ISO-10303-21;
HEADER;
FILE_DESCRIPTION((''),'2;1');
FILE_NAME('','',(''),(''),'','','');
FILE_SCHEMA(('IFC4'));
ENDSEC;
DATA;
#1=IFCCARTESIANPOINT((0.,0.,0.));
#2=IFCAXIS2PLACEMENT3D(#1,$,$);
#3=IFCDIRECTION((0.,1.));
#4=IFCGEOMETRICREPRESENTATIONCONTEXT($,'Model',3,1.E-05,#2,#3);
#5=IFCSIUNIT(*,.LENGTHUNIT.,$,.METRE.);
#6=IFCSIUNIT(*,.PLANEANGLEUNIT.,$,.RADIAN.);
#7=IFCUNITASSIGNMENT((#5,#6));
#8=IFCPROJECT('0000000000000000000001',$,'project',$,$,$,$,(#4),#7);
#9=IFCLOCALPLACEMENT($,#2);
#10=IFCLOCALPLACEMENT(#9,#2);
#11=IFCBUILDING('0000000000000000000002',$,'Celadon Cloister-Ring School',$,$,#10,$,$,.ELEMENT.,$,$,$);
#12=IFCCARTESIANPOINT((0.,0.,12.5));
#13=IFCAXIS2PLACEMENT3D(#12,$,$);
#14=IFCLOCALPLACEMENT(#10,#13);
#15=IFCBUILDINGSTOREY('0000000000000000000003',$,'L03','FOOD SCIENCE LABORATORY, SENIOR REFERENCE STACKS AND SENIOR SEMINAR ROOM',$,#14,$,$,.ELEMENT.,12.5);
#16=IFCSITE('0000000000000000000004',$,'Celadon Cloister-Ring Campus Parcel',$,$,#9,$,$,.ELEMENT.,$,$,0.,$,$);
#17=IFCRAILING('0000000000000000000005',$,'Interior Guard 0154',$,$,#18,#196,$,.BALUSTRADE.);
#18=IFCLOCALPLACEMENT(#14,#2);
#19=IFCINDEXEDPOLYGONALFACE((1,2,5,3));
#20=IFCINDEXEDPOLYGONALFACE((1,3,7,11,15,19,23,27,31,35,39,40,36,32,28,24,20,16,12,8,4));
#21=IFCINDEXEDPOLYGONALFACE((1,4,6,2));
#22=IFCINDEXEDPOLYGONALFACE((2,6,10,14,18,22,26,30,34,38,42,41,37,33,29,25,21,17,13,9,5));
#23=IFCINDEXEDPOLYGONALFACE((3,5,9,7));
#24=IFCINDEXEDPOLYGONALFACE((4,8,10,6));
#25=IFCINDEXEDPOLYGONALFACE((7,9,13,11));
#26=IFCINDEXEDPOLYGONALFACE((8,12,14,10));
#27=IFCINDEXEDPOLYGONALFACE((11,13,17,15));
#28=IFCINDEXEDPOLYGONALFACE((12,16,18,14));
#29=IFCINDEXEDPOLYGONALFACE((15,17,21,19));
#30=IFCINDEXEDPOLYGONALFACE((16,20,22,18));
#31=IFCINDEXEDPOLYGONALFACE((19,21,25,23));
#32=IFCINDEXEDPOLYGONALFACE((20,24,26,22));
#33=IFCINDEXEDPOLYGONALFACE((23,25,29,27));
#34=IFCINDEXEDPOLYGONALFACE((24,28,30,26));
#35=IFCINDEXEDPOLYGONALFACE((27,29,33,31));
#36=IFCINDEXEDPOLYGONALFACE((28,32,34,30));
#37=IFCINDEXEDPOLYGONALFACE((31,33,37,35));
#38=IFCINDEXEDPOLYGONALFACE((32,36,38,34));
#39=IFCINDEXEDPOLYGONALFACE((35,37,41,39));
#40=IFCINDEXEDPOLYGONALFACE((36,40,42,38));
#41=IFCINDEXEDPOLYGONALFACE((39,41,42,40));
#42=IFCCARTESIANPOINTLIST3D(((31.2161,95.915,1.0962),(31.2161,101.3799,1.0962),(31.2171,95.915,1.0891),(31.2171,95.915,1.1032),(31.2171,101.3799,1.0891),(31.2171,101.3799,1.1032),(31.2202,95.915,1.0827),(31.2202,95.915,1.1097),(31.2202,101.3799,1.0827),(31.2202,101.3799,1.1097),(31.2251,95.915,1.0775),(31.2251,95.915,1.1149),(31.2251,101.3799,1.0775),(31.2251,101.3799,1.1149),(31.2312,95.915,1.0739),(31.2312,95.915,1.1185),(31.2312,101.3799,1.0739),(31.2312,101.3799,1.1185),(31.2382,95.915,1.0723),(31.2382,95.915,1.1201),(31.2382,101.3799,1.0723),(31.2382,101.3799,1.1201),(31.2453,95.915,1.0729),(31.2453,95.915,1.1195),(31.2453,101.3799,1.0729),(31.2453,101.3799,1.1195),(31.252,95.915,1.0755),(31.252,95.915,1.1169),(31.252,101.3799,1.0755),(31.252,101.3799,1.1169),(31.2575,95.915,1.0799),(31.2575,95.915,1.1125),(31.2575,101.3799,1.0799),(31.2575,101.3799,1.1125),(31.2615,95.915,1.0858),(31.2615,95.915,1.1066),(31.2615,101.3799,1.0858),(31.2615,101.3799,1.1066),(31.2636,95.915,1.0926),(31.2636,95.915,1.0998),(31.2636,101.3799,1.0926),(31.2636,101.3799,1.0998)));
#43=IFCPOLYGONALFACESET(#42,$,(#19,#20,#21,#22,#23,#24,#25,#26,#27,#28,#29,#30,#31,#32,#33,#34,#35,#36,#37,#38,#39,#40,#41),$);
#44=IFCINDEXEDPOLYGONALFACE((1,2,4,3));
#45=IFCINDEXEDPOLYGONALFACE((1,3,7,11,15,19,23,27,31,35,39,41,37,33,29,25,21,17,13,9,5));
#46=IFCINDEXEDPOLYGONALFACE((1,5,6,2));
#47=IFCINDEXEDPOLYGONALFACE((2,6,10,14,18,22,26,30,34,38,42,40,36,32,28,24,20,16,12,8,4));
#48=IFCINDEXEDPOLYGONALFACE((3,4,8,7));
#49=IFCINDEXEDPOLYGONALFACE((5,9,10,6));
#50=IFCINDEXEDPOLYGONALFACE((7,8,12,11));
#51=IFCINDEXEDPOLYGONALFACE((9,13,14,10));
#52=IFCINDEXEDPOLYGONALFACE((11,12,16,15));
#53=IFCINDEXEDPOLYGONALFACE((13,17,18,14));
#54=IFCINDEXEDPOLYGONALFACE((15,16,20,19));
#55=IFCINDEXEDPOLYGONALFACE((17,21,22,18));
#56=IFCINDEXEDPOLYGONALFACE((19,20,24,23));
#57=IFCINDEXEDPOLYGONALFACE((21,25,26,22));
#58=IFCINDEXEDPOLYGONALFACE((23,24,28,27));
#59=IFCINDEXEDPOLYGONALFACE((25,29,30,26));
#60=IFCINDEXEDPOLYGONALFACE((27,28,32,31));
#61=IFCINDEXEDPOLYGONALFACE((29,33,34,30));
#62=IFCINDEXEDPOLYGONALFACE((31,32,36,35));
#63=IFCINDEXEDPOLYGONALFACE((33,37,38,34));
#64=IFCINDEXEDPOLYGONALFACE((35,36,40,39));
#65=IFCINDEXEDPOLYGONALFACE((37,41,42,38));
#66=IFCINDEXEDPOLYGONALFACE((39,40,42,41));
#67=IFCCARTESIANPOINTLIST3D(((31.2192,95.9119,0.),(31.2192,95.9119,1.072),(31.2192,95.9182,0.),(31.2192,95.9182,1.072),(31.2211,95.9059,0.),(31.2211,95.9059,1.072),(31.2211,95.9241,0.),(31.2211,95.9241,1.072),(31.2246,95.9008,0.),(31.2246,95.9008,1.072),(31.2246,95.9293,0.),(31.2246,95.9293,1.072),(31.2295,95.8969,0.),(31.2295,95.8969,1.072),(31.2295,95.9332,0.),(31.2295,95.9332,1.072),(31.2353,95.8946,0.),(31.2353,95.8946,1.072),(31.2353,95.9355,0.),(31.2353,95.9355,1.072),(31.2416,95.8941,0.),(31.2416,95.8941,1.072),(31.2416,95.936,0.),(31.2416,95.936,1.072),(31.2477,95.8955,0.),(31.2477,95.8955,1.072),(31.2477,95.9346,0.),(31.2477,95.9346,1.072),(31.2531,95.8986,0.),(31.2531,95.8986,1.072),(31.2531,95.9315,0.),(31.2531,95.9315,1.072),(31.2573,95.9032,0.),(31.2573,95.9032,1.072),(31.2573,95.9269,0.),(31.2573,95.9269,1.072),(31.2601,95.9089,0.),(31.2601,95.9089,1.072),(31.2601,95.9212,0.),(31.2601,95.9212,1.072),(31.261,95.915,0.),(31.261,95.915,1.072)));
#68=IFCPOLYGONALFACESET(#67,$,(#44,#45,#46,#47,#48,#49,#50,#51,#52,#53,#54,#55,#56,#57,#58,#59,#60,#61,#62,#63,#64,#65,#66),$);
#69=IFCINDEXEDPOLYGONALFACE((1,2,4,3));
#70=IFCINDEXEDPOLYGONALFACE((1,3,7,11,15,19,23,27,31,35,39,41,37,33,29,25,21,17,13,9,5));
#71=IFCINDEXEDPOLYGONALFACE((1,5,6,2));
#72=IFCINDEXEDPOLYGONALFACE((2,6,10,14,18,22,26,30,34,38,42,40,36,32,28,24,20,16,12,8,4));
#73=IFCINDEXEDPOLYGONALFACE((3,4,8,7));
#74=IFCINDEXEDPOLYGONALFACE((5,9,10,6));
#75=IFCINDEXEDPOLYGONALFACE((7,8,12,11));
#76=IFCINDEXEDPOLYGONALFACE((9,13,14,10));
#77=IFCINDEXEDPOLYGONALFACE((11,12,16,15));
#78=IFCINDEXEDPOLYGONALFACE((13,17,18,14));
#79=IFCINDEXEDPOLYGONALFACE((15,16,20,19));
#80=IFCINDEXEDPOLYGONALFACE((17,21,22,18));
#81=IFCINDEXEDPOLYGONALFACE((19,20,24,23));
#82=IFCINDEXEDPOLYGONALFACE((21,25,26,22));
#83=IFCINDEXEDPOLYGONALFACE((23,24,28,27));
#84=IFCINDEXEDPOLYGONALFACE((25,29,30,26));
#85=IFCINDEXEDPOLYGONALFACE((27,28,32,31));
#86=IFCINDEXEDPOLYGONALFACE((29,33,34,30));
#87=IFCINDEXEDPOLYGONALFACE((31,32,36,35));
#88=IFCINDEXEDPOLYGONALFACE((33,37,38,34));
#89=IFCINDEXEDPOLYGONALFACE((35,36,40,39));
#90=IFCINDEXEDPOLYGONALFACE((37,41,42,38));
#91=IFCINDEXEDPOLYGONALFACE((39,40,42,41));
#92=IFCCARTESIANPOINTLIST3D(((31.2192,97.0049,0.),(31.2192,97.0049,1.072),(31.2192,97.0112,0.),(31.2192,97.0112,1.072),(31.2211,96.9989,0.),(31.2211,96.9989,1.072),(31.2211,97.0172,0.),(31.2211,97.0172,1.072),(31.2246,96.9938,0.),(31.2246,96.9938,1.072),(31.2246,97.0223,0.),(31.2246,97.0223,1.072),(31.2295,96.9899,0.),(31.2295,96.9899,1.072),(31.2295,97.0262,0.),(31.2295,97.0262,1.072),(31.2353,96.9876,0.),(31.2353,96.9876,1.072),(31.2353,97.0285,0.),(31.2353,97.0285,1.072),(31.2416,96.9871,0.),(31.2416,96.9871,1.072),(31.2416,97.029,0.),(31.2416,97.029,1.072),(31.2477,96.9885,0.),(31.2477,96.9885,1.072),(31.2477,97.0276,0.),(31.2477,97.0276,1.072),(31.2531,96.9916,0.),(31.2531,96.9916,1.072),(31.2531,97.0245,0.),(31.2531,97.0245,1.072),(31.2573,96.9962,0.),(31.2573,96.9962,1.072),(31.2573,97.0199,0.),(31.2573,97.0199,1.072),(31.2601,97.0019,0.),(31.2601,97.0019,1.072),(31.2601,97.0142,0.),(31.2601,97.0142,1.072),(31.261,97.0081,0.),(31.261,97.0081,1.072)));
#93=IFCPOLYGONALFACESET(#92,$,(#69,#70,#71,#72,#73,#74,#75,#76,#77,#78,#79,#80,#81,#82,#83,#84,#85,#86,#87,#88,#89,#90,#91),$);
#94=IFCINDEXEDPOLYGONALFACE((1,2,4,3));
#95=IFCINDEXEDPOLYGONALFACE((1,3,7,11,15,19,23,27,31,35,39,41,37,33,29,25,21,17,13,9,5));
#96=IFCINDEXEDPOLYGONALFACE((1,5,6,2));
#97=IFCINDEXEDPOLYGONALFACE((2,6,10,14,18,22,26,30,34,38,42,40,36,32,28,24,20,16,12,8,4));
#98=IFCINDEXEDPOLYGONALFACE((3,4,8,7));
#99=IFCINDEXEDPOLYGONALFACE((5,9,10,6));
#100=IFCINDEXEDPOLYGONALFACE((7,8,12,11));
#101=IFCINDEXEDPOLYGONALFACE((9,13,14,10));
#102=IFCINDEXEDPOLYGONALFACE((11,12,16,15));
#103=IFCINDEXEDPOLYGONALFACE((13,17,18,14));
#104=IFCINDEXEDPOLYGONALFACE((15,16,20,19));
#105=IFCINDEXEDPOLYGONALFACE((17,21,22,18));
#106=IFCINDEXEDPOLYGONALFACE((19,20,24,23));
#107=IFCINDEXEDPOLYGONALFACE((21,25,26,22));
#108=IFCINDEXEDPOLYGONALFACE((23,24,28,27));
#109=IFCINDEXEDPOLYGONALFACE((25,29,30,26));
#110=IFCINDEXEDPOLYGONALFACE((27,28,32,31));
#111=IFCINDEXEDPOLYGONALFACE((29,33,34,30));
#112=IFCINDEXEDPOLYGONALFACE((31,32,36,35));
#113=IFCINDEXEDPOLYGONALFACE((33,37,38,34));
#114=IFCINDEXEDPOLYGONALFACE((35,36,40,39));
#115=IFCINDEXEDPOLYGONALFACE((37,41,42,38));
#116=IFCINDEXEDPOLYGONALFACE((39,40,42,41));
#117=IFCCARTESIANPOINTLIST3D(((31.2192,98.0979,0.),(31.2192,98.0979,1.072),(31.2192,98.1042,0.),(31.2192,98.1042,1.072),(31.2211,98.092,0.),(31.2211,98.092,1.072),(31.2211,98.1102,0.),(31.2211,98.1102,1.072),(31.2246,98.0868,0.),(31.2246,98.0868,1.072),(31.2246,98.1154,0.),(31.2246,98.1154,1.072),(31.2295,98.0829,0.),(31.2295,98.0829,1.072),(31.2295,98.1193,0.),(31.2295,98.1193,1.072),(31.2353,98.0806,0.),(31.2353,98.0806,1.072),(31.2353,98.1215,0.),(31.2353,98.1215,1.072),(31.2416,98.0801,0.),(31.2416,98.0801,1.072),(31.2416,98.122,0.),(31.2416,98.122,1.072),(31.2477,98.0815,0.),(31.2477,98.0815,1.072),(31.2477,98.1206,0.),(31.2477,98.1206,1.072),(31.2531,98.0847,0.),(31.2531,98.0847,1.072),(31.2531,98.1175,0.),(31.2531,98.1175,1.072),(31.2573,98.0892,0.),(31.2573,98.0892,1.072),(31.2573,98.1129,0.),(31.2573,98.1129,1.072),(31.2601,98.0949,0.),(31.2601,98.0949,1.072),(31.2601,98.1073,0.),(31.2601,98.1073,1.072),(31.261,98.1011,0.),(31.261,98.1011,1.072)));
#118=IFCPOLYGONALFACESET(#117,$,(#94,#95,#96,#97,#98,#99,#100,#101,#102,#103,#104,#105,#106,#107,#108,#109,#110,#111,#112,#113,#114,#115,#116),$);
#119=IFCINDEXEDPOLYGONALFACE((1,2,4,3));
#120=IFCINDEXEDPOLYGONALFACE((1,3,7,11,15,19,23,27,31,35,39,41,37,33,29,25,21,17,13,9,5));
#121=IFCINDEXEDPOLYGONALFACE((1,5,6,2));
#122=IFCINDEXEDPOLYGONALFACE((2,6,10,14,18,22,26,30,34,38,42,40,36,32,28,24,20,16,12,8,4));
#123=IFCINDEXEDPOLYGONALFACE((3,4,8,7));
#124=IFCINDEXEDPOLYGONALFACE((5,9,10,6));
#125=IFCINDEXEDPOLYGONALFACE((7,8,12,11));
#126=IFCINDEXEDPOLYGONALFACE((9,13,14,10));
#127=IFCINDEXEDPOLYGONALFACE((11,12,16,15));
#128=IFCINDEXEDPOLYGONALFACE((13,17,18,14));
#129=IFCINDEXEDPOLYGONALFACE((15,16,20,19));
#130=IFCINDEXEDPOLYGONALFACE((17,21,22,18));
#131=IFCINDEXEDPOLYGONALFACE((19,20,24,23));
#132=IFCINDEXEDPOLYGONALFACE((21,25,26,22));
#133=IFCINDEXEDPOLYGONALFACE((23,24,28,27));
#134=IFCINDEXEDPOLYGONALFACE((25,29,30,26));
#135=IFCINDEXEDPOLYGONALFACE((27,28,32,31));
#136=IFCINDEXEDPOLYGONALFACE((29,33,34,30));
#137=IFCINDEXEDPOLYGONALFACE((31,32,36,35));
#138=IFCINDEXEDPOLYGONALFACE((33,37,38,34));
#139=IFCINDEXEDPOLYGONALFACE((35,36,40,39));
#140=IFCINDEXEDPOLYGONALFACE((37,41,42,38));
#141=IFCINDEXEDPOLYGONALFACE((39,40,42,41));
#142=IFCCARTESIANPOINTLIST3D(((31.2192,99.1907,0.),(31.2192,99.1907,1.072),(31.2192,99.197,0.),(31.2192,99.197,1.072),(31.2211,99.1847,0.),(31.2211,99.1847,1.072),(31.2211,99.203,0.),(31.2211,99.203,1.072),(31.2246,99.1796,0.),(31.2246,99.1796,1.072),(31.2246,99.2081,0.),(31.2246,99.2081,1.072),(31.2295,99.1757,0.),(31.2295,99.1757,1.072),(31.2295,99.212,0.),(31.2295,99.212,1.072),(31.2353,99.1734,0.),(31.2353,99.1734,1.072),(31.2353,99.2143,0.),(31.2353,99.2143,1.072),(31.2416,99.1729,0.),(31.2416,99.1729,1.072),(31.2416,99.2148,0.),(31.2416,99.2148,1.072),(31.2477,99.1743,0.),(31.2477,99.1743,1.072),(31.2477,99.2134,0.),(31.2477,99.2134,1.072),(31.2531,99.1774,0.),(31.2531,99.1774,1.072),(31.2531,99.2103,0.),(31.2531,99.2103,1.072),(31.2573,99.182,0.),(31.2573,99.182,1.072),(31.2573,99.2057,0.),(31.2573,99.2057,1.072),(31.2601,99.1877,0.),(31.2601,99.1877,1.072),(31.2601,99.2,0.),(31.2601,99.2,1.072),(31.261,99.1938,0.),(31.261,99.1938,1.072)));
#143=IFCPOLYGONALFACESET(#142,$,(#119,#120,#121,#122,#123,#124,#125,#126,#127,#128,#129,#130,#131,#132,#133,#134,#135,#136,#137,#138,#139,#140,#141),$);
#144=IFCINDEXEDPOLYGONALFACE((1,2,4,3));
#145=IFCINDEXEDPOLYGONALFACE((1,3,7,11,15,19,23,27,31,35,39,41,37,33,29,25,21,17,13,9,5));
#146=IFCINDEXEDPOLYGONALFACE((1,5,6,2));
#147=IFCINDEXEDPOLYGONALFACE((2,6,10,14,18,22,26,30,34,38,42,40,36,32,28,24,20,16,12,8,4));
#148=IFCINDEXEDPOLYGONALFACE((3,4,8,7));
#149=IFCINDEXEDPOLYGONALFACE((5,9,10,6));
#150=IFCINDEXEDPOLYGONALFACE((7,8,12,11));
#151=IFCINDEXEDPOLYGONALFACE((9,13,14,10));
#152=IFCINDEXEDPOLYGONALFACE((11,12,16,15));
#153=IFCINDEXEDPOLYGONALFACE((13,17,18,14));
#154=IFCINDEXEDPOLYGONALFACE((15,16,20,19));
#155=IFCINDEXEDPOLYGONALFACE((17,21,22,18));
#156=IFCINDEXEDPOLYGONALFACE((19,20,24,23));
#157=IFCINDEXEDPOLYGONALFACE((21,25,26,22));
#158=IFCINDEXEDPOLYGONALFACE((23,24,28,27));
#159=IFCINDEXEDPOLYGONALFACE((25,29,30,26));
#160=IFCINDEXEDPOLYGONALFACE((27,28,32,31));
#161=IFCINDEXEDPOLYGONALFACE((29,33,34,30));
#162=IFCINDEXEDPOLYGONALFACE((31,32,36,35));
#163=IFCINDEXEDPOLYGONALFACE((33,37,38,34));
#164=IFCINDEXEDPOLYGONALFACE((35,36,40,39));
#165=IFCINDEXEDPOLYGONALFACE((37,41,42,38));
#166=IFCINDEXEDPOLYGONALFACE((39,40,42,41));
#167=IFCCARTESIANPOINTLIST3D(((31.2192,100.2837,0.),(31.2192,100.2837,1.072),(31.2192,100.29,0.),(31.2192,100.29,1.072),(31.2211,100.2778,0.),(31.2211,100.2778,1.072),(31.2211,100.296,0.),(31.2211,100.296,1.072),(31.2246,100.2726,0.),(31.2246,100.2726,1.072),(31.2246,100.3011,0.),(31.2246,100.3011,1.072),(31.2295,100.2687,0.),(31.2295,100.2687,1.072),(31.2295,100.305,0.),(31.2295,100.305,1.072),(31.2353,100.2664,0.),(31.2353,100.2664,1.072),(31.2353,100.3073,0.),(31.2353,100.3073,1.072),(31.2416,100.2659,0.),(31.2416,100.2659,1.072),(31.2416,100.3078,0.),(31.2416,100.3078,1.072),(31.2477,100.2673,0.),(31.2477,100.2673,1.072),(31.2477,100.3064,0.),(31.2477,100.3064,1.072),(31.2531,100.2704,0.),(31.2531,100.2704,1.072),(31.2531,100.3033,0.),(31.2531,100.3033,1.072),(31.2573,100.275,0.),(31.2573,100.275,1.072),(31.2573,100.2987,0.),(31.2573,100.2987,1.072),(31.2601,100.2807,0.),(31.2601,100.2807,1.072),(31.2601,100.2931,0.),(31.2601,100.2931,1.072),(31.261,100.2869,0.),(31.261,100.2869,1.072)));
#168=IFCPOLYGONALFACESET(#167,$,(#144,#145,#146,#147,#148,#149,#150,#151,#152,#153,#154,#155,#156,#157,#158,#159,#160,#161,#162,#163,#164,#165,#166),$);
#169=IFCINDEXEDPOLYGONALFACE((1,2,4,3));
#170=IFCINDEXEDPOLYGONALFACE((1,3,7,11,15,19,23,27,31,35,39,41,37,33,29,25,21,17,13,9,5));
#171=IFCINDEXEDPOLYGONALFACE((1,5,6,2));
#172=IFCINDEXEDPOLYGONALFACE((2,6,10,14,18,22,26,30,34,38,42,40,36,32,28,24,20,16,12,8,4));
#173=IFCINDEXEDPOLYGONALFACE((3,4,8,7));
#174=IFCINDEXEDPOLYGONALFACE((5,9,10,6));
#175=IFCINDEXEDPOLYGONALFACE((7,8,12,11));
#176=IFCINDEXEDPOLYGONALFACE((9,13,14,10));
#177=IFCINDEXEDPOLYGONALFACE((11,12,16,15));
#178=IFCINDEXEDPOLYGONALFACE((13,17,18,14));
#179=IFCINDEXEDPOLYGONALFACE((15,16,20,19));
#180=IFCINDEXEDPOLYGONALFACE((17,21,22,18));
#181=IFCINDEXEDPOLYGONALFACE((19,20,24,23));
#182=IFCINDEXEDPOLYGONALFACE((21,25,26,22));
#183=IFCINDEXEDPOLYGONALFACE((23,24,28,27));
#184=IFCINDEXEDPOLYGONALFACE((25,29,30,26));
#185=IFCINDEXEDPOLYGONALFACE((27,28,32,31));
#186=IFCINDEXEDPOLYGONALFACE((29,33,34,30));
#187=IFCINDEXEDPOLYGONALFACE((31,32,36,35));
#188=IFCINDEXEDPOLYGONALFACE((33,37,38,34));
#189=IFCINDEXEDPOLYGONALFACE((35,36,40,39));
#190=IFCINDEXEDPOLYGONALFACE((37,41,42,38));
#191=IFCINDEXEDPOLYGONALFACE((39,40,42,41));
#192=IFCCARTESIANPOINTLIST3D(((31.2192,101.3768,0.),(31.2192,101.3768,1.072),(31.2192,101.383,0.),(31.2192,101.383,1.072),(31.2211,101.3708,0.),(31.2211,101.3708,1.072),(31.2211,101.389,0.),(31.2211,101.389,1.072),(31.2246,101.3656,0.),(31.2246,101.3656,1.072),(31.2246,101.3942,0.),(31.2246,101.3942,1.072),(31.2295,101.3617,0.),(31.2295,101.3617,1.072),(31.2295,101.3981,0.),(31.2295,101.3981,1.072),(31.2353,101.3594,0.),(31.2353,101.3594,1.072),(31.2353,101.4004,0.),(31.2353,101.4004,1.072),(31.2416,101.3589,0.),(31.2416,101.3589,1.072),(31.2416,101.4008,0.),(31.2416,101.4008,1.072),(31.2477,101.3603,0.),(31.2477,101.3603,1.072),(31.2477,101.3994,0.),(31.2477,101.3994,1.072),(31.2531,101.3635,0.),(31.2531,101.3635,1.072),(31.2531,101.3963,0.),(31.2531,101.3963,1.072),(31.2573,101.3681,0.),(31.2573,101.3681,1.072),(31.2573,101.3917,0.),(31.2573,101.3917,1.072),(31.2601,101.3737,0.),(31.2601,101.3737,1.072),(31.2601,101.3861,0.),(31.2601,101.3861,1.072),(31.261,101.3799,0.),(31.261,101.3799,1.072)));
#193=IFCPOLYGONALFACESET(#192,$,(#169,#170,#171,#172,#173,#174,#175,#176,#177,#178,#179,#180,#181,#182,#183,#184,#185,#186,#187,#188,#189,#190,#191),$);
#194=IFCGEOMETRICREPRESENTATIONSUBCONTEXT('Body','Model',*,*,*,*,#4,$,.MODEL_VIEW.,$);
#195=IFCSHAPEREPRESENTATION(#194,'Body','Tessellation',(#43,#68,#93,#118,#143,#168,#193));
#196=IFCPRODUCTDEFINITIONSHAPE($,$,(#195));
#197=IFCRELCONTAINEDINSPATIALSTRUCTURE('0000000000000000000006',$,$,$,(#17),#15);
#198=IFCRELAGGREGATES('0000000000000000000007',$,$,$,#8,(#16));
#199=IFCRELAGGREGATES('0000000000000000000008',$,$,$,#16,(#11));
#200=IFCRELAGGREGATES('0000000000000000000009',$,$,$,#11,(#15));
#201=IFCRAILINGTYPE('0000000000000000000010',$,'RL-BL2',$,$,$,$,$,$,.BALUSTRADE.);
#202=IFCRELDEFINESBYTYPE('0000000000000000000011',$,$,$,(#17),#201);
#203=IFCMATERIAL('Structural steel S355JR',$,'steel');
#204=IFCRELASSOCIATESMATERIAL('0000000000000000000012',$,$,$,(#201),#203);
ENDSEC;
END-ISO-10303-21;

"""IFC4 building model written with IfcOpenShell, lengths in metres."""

from ifc_helpers import new_model, si_unit, direction, frame, origin, origin_2d, place, context, subcontext, project, spatial, circle, extrude, material, type_object, element, save


model = new_model("IFC4")

# Units and contexts
model_context = context("Model", 3, precision=1e-05, world=origin(), true_north=direction((0.0, 1.0)))
body_context = subcontext(model_context, "Body", "Model", "MODEL_VIEW")
ifc_project = project(units=[si_unit("LENGTHUNIT", "METRE"), si_unit("PLANEANGLEUNIT", "RADIAN")], contexts=[model_context])

# Site, building, storey
site_placement = place(None, origin())
site = spatial("IfcSite", under=ifc_project, at=site_placement, Name="Celadon Cloister-Ring Campus Parcel", CompositionType="ELEMENT", RefElevation=0.0)
building_placement = place(site_placement, origin())
building = spatial("IfcBuilding", under=site, at=building_placement, Name="Celadon Cloister-Ring School", CompositionType="ELEMENT")
storey_placement = place(building_placement, frame((0.0, 0.0, 12.5)))
storey = spatial("IfcBuildingStorey", under=building, at=storey_placement, Name="L03", Description="FOOD SCIENCE LABORATORY, SENIOR REFERENCE STACKS AND SENIOR SEMINAR ROOM", CompositionType="ELEMENT", Elevation=12.5)

# Railing
ifc_material_1 = material(Name="Structural steel S355JR", Category="steel")
railing_type_1 = type_object("IfcRailingType", Name="RL-BL2", PredefinedType="BALUSTRADE", material=ifc_material_1)
railing_1_placement = place(storey_placement, frame((31.24, 95.915, 0.0)))
element("IfcRailing", 1, at=railing_1_placement, inside=storey, type_object=railing_type_1, Name="Interior Guard 0154", PredefinedType="BALUSTRADE", context=body_context, shape_type="SweptSolid", body=[
    extrude(circle(Radius=0.0239, at=origin_2d()), frame((0.0, 0.0, 1.0962), z_axis=(0.0, 1.0, 0.0), x_axis=(-1.0, 0.0, 0.0)), (0.0, 0.0, 1.0), 5.4648),
    extrude(circle(Radius=0.021, at=origin_2d()), origin(), (0.0, 0.0, 1.0), 1.072),
    extrude(circle(Radius=0.021, at=origin_2d()), frame((0.0, 1.093, 0.0)), (0.0, 0.0, 1.0), 1.072),
    extrude(circle(Radius=0.021, at=origin_2d()), frame((0.0, 2.186, 0.0)), (0.0, 0.0, 1.0), 1.072),
    extrude(circle(Radius=0.021, at=origin_2d()), frame((0.0, 3.2788, 0.0)), (0.0, 0.0, 1.0), 1.072),
    extrude(circle(Radius=0.021, at=origin_2d()), frame((0.0, 4.3718, 0.0)), (0.0, 0.0, 1.0), 1.072),
    extrude(circle(Radius=0.021, at=origin_2d()), frame((0.0, 5.4648, 0.0)), (0.0, 0.0, 1.0), 1.072),
])

save(model, "model.ifc")
